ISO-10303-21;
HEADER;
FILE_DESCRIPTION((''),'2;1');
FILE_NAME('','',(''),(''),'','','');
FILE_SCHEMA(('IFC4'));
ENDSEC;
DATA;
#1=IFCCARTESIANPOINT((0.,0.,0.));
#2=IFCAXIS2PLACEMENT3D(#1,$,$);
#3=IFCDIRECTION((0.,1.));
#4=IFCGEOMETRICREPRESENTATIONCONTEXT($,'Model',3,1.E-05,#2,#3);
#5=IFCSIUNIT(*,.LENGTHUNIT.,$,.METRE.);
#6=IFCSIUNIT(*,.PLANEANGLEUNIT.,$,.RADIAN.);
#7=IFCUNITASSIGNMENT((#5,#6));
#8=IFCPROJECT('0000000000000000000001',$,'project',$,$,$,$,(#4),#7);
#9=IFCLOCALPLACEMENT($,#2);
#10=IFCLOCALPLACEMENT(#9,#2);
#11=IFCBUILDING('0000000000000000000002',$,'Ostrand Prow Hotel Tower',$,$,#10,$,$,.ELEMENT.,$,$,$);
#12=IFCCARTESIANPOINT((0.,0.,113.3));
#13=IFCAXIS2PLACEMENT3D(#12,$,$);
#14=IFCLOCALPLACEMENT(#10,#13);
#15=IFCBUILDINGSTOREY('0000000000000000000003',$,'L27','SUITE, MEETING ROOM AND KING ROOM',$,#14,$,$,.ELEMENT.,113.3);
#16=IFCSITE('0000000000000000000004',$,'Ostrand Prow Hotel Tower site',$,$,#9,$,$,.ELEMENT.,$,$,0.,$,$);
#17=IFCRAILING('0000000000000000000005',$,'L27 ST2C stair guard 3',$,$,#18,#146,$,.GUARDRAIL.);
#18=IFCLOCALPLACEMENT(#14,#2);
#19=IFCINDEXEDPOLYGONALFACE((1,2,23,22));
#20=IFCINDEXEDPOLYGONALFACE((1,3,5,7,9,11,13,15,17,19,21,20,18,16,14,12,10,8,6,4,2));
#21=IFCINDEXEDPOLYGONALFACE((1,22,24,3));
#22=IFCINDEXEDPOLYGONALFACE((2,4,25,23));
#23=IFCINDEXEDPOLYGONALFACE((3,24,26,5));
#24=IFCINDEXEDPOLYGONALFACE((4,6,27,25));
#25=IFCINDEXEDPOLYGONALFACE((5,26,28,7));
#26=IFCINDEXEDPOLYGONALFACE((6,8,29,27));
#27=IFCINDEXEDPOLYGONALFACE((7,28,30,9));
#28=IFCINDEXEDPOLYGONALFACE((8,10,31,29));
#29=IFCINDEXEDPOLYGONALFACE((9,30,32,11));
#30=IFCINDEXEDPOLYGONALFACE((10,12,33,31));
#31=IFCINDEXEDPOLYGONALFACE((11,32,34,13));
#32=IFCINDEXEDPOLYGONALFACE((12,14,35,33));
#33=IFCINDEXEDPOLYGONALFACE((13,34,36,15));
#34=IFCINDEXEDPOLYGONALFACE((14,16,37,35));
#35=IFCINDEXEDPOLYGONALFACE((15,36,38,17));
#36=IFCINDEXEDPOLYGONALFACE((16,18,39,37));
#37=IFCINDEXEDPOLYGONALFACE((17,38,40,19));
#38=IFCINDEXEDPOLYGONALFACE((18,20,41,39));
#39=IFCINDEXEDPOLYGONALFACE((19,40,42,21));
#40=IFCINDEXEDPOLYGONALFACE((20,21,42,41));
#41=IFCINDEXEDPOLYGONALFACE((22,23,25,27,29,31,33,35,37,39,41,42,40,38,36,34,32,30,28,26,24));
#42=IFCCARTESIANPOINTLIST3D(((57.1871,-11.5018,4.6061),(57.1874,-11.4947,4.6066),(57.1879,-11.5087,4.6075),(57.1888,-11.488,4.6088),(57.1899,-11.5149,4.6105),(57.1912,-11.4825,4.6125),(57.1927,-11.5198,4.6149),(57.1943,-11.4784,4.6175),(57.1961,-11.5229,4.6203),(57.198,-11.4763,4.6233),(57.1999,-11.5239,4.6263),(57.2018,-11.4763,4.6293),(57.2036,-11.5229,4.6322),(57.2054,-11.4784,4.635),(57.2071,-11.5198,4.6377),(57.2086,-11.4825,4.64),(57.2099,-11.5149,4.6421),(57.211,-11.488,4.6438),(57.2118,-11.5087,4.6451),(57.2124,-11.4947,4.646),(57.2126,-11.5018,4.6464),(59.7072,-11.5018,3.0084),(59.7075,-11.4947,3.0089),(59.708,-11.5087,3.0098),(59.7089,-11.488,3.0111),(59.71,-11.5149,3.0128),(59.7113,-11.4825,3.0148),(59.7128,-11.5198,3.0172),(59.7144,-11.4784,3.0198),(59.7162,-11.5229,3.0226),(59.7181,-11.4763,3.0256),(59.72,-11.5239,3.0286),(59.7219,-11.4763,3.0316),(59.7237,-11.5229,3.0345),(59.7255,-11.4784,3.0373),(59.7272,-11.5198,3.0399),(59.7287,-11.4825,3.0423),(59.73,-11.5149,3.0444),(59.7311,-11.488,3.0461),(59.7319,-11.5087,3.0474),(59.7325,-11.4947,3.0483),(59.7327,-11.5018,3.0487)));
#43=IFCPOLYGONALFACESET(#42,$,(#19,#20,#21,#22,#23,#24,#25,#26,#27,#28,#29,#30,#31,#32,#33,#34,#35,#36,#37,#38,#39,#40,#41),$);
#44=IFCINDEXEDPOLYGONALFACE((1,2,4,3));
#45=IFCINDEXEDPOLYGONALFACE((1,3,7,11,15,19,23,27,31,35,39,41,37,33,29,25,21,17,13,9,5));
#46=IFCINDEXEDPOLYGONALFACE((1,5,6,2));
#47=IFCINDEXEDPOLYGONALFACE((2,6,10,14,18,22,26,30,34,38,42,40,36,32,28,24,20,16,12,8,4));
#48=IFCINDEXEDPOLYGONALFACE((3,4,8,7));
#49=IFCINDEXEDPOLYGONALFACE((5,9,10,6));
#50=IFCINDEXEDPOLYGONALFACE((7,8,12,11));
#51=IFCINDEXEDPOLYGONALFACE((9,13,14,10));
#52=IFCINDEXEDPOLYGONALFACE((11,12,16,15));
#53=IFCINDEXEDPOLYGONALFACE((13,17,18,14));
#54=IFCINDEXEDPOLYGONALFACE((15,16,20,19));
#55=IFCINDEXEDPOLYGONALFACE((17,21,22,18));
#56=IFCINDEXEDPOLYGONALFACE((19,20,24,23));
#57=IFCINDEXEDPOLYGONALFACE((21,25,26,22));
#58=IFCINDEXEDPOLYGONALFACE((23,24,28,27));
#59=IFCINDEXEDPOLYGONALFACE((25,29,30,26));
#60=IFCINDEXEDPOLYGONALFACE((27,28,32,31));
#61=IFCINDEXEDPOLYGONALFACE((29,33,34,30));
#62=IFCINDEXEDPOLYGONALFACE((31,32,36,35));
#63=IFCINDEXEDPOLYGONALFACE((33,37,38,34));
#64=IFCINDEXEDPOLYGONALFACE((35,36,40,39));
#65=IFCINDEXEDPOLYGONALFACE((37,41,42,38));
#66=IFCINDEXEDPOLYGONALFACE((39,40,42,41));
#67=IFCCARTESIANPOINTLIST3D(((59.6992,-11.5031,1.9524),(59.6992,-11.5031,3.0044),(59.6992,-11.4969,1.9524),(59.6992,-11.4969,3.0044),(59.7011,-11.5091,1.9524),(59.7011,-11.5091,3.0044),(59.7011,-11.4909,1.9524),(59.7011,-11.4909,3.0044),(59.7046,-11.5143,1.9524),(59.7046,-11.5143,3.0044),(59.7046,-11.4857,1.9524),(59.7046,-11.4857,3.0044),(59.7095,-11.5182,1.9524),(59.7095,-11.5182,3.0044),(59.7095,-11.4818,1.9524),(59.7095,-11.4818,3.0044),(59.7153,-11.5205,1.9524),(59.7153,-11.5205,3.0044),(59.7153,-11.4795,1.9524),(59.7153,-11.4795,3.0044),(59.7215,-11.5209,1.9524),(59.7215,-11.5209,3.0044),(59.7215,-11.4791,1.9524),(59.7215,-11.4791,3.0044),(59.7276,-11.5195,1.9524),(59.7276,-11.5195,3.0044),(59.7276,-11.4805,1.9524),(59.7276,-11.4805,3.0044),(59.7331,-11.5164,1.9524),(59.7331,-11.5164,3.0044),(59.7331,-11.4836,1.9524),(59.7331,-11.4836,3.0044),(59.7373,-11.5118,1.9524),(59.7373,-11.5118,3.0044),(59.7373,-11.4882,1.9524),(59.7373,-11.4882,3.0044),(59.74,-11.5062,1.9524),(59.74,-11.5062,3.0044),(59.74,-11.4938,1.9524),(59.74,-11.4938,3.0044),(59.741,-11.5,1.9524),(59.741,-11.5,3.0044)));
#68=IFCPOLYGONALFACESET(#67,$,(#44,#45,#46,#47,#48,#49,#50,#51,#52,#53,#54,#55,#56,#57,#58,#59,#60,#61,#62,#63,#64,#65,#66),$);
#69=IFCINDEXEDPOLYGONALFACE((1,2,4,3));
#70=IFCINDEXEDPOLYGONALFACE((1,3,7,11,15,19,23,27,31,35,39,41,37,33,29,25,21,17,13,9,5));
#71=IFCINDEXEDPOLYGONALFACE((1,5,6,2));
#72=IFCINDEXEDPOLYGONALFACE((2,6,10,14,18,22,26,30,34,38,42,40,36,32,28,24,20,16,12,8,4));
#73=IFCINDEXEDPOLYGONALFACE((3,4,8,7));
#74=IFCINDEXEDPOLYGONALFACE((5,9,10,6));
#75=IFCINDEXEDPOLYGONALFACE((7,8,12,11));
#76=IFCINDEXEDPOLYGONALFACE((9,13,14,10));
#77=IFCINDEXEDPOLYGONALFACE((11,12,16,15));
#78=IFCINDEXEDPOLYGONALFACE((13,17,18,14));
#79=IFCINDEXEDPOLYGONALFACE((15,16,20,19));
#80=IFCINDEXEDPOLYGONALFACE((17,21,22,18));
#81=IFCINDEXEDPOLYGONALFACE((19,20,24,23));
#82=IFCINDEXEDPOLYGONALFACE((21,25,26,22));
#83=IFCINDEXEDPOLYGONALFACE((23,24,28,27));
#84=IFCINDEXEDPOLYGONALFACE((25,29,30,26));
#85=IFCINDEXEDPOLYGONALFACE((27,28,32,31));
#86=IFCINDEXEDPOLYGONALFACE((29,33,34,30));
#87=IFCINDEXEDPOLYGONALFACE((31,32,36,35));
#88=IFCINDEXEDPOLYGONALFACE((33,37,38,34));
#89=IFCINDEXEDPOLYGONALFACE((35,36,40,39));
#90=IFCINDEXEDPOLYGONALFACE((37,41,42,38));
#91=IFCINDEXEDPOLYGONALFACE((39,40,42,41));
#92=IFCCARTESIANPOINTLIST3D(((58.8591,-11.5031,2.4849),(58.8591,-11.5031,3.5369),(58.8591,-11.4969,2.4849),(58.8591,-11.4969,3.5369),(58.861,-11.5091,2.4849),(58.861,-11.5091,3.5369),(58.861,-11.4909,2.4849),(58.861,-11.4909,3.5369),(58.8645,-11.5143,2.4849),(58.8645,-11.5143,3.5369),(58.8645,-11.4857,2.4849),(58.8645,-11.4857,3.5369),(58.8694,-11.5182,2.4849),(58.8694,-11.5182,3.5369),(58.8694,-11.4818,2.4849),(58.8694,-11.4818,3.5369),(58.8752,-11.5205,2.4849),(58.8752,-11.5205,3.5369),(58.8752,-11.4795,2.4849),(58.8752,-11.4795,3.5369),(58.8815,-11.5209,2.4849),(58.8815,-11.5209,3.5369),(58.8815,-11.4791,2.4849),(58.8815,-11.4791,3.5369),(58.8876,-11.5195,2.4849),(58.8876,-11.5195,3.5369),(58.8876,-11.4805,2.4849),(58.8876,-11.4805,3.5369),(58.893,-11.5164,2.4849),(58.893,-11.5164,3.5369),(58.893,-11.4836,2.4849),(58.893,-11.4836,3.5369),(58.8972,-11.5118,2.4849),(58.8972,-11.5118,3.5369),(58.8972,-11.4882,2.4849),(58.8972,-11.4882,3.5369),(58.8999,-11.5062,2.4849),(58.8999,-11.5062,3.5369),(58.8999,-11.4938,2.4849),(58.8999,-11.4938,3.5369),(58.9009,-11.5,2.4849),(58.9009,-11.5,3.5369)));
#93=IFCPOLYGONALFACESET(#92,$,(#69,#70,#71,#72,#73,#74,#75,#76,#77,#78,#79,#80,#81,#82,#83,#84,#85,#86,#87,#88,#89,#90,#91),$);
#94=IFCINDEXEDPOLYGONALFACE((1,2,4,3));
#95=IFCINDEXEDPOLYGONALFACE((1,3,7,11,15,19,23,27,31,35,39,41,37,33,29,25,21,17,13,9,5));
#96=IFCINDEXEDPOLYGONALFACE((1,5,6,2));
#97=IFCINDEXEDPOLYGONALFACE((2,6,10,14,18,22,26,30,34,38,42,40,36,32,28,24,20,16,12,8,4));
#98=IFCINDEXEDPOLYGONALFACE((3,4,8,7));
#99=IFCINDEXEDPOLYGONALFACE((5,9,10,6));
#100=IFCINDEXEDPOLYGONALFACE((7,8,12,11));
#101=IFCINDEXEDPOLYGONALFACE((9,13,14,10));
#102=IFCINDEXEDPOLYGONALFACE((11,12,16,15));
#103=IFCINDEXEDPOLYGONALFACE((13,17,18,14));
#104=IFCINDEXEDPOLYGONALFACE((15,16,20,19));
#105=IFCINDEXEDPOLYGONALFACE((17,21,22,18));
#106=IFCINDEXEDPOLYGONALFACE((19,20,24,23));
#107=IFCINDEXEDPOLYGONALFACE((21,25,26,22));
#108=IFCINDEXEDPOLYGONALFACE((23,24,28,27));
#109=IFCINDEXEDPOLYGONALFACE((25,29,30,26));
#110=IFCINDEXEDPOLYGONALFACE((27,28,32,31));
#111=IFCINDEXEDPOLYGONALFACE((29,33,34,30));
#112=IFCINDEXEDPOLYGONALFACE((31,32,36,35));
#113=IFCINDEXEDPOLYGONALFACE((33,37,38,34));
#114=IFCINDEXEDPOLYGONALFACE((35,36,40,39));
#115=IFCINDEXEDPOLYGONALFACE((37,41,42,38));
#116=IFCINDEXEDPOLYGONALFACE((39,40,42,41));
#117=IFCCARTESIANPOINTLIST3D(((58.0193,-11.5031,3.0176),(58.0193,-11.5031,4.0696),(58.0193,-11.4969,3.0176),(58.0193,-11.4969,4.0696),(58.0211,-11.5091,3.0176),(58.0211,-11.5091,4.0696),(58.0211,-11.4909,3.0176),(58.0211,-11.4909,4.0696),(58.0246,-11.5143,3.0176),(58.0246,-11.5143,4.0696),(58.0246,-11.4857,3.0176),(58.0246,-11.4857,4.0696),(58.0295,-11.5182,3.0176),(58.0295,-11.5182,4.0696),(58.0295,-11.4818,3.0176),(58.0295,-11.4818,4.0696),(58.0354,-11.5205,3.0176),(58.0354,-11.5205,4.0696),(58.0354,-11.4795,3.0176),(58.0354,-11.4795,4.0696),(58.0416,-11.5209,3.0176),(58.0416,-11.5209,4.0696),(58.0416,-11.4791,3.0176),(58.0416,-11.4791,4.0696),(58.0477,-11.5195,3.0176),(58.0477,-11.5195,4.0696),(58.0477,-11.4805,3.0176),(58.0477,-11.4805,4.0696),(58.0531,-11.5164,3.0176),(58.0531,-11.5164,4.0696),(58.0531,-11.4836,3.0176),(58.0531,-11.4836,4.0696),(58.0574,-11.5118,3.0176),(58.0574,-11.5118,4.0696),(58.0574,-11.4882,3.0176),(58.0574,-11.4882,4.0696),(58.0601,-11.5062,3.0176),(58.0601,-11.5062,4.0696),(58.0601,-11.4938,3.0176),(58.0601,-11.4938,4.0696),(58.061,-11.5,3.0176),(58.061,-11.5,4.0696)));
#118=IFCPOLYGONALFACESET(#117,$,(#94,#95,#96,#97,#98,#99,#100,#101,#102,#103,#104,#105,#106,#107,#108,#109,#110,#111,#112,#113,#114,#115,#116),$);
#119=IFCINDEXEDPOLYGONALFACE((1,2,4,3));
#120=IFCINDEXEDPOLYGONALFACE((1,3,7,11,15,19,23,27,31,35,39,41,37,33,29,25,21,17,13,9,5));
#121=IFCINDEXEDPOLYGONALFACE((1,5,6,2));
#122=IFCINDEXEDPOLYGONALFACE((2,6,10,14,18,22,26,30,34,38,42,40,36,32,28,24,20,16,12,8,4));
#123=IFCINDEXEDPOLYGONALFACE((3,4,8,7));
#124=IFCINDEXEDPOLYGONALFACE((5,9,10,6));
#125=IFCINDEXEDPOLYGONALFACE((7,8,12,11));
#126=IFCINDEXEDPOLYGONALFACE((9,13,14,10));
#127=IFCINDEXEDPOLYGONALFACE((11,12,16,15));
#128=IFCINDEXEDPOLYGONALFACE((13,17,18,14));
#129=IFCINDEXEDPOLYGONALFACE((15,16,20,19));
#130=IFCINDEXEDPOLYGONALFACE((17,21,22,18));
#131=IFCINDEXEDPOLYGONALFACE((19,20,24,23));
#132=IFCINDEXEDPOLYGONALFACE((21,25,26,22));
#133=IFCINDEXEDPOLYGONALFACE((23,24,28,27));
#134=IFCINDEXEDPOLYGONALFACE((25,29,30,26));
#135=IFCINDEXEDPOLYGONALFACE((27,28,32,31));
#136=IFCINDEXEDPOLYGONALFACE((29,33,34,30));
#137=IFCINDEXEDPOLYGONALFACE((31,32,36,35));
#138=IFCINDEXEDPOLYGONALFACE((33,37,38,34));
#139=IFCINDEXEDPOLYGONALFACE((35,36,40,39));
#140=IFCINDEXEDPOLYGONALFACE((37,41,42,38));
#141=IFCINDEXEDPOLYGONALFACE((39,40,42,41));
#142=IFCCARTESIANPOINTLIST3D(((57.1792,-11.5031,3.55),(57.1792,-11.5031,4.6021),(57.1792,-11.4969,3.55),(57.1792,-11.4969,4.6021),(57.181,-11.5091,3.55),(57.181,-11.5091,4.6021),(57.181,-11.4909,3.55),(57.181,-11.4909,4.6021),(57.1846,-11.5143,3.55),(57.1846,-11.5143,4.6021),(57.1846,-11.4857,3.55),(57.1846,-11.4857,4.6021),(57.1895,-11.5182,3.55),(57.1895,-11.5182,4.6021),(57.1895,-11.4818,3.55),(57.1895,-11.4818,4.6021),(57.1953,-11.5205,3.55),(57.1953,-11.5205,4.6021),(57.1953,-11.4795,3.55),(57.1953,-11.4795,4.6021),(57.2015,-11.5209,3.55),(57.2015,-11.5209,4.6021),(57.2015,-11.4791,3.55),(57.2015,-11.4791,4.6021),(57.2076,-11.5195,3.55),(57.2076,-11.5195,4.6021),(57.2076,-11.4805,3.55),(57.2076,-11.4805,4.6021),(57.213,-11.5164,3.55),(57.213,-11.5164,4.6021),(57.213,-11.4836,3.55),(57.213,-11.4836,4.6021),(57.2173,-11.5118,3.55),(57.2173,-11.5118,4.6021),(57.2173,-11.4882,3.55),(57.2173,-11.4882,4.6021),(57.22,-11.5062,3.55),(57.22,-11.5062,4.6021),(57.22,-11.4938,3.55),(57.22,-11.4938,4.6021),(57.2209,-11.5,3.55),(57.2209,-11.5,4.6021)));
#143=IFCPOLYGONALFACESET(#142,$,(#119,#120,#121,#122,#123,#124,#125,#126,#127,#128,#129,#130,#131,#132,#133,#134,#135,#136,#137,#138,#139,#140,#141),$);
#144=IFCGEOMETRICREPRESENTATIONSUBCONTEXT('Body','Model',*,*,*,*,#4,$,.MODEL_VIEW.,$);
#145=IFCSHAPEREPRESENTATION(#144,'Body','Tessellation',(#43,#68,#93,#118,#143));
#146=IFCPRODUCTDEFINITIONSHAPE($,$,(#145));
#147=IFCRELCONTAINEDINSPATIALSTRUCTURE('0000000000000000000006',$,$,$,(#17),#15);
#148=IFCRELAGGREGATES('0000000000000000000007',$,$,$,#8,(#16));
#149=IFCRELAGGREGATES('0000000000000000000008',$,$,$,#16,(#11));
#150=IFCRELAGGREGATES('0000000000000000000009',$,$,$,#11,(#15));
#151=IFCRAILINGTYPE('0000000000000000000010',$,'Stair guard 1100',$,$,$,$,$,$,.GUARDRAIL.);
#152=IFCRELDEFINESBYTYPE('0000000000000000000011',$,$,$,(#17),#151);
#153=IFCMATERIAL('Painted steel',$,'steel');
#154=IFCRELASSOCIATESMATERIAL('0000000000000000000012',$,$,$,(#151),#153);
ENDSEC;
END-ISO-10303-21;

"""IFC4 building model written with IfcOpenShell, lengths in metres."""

from ifc_helpers import new_model, si_unit, direction, frame, origin, origin_2d, place, context, subcontext, project, spatial, circle, extrude, material, type_object, element, save


model = new_model("IFC4")

# Units and contexts
model_context = context("Model", 3, precision=1e-05, world=origin(), true_north=direction((0.0, 1.0)))
body_context = subcontext(model_context, "Body", "Model", "MODEL_VIEW")
ifc_project = project(units=[si_unit("LENGTHUNIT", "METRE"), si_unit("PLANEANGLEUNIT", "RADIAN")], contexts=[model_context])

# Site, building, storey
site_placement = place(None, origin())
site = spatial("IfcSite", under=ifc_project, at=site_placement, Name="Ostrand Prow Hotel Tower site", CompositionType="ELEMENT", RefElevation=0.0)
building_placement = place(site_placement, origin())
building = spatial("IfcBuilding", under=site, at=building_placement, Name="Ostrand Prow Hotel Tower", CompositionType="ELEMENT")
storey_placement = place(building_placement, frame((0.0, 0.0, 113.3)))
storey = spatial("IfcBuildingStorey", under=building, at=storey_placement, Name="L27", Description="SUITE, MEETING ROOM AND KING ROOM", CompositionType="ELEMENT", Elevation=113.3)

# Railing
ifc_material_1 = material(Name="Painted steel", Category="steel")
railing_type_1 = type_object("IfcRailingType", Name="Stair guard 1100", PredefinedType="GUARDRAIL", material=ifc_material_1)
railing_1_placement = place(storey_placement, frame((59.72, -11.5, 1.9524)))
element("IfcRailing", 1, at=railing_1_placement, inside=storey, type_object=railing_type_1, Name="L27 ST2C stair guard 3", PredefinedType="GUARDRAIL", context=body_context, shape_type="SweptSolid", body=[
    extrude(circle(Radius=0.0239, at=origin_2d()), frame((0.0, 0.0, 1.0762), z_axis=(-0.84457, 0.0, 0.535445), x_axis=(0.0, -1.0, 0.0)), (0.0, 0.0, 1.0), 2.9839),
    extrude(circle(Radius=0.021, at=origin_2d()), origin(), (0.0, 0.0, 1.0), 1.052),
    extrude(circle(Radius=0.021, at=origin_2d()), frame((-0.8401, 0.0, 0.5325)), (0.0, 0.0, 1.0), 1.052),
    extrude(circle(Radius=0.021, at=origin_2d()), frame((-1.6799, 0.0, 1.0652)), (0.0, 0.0, 1.0), 1.052),
    extrude(circle(Radius=0.021, at=origin_2d()), frame((-2.52, 0.0, 1.5977)), (0.0, 0.0, 1.0), 1.052),
])

save(model, "model.ifc")
